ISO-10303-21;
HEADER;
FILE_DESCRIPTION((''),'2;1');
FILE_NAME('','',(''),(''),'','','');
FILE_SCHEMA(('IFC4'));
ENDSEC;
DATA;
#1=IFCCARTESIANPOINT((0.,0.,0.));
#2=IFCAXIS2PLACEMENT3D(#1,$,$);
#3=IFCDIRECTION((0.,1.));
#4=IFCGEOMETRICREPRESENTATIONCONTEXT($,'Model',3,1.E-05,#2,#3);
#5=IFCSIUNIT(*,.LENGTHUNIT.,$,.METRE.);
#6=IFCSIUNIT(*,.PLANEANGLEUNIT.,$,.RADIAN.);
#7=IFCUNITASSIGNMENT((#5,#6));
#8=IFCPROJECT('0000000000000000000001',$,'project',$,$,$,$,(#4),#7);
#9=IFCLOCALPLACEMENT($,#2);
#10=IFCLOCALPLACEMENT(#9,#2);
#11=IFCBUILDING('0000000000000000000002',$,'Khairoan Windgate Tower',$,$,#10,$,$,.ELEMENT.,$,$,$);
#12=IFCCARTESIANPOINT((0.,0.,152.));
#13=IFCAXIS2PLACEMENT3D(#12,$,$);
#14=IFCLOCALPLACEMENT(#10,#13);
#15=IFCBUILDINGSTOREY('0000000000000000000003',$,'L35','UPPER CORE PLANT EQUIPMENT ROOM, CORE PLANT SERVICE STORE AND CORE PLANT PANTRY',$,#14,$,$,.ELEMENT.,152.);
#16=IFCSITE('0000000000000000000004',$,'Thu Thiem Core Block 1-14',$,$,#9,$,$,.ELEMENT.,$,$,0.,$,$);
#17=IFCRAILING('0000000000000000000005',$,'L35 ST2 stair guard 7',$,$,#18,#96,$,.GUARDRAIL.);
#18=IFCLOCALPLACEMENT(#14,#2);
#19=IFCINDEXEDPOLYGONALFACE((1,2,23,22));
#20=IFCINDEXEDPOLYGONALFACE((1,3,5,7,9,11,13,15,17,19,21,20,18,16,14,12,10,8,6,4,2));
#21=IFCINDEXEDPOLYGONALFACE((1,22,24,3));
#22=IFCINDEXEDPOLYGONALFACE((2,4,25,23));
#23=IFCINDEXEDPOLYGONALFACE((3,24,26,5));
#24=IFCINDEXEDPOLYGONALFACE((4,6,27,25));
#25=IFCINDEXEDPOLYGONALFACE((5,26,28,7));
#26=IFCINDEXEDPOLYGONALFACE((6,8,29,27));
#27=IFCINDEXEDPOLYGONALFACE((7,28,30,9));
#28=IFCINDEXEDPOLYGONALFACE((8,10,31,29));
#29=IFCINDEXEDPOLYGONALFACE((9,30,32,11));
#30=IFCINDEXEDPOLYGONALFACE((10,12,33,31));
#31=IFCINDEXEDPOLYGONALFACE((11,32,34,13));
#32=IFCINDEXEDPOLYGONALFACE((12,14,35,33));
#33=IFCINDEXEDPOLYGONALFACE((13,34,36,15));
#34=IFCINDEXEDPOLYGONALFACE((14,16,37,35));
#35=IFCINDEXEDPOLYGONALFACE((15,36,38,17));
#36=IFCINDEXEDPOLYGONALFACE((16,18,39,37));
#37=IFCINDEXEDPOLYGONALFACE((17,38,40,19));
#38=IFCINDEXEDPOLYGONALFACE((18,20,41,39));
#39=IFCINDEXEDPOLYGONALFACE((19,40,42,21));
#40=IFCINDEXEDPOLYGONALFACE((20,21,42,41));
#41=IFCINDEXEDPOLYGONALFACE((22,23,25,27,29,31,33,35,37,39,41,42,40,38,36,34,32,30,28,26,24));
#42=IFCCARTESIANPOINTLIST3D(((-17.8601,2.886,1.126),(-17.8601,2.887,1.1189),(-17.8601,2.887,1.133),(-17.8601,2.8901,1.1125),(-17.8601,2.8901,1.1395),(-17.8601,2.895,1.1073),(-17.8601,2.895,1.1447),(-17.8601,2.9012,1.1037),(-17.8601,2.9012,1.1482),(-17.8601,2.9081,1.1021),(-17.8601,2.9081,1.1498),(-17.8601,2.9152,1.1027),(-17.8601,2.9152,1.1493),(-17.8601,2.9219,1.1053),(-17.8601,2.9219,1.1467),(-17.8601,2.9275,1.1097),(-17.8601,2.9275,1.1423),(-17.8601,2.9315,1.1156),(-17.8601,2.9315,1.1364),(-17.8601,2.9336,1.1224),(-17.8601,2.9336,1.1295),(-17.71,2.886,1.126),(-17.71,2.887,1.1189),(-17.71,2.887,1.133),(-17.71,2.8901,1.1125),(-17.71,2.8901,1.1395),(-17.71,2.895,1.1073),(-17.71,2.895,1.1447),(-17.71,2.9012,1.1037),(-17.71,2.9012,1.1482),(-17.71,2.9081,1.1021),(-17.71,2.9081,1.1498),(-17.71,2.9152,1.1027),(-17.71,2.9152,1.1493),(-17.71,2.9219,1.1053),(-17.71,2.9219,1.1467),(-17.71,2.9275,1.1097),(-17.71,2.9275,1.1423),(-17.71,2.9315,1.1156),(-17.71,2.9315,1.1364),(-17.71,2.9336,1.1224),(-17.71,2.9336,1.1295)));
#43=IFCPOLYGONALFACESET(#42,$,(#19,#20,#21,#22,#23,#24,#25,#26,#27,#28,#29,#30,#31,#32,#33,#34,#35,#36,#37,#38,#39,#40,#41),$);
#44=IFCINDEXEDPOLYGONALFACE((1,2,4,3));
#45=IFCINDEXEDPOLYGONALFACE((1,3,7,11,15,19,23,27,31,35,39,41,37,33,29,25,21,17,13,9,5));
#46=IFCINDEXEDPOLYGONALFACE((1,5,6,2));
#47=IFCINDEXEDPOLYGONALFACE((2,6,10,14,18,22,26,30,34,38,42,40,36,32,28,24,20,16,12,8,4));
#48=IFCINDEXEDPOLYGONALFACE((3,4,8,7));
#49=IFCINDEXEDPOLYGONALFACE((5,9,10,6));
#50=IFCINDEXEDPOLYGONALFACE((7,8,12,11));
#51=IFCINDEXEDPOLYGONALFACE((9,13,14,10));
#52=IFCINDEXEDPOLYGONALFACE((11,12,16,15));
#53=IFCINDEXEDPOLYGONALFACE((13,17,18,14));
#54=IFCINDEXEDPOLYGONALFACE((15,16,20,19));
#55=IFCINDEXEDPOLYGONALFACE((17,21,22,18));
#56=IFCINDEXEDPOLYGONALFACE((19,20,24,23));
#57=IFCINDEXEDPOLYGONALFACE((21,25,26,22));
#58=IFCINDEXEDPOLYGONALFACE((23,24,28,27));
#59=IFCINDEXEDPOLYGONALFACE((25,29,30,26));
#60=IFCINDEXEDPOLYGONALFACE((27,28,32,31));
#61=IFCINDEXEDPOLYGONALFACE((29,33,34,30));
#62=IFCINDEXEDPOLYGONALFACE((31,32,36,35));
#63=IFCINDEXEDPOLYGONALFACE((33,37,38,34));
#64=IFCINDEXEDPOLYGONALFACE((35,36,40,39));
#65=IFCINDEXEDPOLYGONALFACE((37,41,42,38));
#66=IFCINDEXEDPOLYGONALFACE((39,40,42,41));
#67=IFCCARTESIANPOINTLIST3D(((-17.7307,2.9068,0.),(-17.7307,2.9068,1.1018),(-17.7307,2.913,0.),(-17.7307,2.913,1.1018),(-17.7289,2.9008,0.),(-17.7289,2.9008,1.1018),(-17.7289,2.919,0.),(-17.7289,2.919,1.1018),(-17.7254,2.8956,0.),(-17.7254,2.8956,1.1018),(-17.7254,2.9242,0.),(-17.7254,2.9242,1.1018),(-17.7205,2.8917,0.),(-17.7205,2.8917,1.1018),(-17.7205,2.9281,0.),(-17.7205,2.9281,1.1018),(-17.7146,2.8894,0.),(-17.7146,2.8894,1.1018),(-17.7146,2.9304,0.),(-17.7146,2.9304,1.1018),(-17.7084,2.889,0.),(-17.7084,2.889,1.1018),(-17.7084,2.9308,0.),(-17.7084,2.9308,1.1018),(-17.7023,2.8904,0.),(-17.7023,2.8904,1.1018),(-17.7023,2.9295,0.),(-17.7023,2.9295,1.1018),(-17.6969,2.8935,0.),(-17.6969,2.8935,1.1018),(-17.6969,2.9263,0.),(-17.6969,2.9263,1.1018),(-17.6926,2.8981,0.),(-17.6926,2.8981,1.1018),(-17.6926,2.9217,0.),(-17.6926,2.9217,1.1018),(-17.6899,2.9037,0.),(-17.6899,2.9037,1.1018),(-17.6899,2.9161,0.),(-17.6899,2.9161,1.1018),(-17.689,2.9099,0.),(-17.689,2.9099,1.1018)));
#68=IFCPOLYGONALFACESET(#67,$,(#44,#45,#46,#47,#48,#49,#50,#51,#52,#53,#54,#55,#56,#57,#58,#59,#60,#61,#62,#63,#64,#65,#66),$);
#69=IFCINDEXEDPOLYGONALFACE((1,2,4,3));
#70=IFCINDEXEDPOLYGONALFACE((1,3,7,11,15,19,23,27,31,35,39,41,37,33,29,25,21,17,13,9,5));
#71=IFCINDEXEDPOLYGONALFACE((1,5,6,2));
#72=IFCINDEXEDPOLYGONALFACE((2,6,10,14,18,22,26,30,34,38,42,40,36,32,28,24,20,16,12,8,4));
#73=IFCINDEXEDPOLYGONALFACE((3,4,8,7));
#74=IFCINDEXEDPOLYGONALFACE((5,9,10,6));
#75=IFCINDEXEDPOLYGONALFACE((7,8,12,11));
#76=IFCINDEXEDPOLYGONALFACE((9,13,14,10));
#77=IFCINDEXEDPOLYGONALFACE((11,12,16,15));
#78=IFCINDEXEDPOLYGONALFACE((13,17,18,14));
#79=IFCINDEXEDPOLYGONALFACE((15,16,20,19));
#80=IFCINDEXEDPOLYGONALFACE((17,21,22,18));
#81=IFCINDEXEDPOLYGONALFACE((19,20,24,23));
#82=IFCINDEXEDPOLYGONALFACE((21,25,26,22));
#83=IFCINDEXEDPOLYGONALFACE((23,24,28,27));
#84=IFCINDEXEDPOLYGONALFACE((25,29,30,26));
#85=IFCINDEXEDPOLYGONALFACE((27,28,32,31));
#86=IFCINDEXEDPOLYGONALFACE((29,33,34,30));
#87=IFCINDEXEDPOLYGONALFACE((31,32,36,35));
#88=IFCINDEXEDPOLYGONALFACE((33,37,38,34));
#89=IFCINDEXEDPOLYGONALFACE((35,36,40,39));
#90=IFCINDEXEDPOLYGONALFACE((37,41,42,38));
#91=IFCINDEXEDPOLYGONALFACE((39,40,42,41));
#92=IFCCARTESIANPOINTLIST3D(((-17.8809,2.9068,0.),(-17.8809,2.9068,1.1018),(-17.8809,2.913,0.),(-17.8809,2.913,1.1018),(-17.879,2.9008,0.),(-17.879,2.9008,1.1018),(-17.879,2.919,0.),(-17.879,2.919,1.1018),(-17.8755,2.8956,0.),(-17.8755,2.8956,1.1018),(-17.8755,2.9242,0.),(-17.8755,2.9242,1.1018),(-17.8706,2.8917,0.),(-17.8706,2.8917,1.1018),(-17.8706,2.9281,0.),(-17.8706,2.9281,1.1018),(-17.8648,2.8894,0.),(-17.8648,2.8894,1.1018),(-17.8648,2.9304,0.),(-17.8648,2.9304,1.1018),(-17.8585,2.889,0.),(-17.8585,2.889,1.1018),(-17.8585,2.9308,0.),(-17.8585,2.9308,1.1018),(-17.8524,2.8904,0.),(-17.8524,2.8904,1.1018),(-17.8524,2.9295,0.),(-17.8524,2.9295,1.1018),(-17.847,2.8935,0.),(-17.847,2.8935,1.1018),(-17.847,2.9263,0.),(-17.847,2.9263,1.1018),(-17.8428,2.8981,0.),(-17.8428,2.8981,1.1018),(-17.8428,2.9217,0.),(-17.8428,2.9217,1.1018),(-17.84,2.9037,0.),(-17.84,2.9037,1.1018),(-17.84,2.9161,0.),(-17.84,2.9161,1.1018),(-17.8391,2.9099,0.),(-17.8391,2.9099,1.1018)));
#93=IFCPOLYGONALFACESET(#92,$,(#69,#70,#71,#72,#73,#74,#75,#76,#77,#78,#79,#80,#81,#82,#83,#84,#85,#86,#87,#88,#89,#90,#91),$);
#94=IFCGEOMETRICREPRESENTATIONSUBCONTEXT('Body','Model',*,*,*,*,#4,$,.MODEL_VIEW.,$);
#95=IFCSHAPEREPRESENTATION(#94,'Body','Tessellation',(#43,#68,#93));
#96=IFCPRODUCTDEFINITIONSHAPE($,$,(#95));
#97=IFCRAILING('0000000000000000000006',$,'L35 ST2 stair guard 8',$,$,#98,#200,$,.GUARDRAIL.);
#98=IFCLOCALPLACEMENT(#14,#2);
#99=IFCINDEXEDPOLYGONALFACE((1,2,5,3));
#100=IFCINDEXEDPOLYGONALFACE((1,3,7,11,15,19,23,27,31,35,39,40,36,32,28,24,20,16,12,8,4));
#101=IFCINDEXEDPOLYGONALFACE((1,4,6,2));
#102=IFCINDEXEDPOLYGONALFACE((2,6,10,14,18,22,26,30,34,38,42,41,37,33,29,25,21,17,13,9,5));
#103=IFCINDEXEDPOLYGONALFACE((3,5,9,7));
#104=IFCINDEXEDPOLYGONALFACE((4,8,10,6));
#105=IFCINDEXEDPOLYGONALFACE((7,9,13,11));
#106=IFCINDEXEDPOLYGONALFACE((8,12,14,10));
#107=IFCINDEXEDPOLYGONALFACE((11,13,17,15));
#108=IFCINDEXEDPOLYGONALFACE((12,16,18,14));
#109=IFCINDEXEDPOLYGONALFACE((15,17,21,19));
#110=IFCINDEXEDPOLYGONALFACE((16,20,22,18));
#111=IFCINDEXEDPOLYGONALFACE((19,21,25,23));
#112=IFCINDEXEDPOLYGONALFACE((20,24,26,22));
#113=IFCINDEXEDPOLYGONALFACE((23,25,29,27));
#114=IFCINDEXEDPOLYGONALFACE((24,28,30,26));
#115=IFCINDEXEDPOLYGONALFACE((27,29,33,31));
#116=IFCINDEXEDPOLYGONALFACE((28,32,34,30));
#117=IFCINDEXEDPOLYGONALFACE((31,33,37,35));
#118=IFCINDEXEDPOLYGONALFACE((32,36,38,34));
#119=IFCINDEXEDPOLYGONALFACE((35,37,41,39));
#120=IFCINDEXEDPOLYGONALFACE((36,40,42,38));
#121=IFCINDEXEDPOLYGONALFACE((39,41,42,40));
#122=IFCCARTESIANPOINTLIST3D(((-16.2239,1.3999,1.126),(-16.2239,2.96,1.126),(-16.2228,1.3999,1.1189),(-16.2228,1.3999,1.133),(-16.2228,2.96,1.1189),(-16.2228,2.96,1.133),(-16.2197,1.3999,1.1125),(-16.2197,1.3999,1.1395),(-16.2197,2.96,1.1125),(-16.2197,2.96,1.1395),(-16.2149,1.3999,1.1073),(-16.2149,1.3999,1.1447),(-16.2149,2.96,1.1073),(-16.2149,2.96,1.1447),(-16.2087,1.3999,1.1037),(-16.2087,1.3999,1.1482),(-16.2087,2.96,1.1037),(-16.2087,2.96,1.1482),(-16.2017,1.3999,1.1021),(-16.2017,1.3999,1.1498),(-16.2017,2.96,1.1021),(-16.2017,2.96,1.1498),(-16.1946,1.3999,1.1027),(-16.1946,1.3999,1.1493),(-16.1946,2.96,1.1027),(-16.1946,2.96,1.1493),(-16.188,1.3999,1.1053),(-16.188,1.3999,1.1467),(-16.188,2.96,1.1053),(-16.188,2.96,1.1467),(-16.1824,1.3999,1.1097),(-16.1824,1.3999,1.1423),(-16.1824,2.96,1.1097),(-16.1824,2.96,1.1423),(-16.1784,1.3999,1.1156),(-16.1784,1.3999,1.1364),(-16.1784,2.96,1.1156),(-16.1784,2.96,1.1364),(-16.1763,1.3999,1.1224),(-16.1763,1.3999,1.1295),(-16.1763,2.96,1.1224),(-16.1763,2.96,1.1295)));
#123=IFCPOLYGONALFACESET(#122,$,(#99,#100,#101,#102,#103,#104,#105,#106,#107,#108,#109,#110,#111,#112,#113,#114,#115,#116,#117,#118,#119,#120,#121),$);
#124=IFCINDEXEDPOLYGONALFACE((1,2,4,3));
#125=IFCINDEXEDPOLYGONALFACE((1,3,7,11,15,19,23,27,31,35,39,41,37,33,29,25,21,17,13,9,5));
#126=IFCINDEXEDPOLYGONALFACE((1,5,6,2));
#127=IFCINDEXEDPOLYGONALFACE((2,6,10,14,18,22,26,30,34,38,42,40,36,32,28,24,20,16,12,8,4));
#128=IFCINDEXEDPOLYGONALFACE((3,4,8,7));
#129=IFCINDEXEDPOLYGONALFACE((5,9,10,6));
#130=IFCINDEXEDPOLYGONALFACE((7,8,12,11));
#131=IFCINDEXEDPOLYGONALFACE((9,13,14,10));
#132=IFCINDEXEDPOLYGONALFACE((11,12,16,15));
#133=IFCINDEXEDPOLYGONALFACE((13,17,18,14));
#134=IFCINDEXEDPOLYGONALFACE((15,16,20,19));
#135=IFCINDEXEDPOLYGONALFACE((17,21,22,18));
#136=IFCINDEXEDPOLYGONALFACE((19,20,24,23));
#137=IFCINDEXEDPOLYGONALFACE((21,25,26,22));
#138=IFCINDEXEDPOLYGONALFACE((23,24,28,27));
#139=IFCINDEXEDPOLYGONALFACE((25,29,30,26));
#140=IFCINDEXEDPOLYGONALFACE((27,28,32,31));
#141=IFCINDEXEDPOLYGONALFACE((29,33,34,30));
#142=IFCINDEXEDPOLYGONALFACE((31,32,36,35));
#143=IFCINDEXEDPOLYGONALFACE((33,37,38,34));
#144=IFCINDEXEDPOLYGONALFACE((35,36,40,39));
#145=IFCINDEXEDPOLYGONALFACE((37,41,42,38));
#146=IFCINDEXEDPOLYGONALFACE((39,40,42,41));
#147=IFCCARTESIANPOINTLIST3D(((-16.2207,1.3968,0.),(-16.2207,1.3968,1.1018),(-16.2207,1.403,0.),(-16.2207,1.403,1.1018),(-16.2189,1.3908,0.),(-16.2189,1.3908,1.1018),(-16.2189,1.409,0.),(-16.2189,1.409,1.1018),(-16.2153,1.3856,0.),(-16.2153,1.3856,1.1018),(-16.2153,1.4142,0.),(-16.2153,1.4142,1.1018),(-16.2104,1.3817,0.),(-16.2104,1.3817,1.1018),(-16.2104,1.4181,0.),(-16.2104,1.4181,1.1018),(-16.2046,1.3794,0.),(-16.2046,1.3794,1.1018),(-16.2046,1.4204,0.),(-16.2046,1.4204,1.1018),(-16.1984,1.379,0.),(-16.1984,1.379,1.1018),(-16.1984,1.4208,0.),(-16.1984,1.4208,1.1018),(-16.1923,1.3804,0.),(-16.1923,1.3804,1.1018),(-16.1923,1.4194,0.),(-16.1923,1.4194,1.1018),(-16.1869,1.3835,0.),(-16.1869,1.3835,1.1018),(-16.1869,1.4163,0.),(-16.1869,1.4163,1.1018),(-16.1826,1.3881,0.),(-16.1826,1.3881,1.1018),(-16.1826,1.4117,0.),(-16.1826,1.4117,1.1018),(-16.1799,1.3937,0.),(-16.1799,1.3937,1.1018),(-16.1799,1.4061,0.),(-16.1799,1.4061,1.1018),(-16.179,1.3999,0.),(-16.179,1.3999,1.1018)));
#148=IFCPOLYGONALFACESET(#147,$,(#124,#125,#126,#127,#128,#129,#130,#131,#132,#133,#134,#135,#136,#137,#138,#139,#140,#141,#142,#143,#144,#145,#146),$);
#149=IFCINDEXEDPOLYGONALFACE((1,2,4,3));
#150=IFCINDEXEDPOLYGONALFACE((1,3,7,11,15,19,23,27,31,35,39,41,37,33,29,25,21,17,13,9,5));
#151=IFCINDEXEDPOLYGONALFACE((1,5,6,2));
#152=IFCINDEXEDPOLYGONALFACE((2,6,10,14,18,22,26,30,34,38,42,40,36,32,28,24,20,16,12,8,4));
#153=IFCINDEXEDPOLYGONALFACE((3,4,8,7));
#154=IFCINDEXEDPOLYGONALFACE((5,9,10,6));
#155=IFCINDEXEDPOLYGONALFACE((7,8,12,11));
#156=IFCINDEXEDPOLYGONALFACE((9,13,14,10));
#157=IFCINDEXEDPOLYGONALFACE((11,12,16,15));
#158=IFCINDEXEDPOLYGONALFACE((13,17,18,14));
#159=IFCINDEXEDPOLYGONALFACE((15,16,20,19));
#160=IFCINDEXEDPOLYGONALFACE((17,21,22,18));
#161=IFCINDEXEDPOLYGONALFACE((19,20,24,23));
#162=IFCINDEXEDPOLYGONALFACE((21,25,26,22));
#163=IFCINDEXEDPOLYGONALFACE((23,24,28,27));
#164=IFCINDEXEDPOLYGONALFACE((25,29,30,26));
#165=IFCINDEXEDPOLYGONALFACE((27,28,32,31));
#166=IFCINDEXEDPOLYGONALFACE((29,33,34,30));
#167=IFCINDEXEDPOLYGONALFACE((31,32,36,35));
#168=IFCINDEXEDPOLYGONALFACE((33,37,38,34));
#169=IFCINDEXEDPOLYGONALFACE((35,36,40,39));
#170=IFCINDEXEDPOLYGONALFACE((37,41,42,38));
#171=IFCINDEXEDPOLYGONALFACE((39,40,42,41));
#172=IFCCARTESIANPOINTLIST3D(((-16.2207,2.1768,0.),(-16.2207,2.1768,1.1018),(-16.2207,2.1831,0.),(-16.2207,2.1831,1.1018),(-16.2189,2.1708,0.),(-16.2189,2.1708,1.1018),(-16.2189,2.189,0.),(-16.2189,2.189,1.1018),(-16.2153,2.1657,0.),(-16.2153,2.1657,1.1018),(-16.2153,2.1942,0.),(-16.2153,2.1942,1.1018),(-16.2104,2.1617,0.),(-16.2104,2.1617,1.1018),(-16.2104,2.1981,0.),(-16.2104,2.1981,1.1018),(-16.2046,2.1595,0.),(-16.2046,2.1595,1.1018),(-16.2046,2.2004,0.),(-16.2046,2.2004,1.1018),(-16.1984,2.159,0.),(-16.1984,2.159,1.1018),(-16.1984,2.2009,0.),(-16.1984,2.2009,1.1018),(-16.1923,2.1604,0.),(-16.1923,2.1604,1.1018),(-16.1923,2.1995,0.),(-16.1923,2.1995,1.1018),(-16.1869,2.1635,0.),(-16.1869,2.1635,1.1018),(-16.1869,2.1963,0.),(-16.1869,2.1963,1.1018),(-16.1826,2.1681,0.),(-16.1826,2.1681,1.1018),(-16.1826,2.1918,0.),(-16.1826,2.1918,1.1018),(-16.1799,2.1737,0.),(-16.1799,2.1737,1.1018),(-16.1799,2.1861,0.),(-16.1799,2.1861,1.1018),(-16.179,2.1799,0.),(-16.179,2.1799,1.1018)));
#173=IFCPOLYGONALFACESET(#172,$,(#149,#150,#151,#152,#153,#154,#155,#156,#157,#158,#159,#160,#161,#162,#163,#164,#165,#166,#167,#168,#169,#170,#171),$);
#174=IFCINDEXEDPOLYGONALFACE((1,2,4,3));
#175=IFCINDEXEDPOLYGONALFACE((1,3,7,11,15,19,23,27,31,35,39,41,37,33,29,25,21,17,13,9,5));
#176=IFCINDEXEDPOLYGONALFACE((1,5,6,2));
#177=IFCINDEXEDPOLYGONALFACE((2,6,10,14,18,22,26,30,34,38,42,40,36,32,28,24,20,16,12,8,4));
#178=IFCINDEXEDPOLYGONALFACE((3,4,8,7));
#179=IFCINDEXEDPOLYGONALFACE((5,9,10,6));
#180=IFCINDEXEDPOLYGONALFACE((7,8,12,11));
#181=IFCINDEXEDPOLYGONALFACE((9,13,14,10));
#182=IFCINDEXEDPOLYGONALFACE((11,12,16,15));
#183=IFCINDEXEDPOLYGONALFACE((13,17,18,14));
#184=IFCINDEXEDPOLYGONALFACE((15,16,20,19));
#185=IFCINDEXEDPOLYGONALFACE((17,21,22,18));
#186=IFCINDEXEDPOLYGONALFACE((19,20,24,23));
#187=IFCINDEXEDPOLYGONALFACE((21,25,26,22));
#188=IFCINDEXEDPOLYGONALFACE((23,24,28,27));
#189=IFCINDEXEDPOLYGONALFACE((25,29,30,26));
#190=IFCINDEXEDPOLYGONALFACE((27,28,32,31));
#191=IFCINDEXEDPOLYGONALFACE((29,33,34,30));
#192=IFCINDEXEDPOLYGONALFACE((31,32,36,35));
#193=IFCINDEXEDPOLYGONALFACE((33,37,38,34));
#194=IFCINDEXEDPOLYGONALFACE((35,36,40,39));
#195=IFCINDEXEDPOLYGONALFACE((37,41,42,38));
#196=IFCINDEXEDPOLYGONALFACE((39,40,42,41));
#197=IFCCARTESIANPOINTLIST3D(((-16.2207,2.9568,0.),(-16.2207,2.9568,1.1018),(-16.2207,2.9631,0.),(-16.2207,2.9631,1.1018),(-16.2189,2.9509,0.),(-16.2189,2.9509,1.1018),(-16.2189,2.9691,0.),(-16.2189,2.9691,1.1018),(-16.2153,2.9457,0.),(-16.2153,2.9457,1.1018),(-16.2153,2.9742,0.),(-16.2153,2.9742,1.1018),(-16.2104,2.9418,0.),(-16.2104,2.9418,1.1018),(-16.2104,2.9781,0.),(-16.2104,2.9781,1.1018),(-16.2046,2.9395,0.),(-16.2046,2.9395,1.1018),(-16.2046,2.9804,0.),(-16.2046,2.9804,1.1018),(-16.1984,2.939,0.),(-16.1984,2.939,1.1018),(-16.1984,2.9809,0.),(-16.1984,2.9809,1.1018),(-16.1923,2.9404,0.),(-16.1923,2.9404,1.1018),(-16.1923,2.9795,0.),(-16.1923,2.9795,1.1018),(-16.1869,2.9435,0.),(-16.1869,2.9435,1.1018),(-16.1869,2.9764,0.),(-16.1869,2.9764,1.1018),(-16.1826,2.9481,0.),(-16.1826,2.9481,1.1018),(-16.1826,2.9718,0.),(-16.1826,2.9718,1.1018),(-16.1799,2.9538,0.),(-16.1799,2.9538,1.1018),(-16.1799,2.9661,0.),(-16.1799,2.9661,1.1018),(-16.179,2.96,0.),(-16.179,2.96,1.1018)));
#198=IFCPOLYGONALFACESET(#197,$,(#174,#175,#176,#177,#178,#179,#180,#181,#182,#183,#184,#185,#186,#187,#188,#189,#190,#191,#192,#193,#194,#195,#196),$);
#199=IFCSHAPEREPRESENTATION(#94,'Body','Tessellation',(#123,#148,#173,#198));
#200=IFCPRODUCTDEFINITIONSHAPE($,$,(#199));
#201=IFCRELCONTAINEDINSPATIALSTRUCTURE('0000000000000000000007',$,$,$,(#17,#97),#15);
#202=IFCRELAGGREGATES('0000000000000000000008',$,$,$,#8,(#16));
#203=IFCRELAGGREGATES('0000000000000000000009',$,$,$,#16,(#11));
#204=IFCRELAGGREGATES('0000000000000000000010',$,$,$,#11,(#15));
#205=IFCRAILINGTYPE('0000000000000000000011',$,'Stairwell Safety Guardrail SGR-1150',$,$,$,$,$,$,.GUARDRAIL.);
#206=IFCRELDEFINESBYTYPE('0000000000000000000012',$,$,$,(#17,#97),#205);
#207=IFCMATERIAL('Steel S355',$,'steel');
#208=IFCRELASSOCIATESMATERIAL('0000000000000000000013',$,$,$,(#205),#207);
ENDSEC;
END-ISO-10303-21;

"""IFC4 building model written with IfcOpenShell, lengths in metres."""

from ifc_helpers import new_model, si_unit, direction, frame, origin, origin_2d, place, context, subcontext, project, spatial, circle, extrude, material, type_object, element, save


model = new_model("IFC4")

# Units and contexts
model_context = context("Model", 3, precision=1e-05, world=origin(), true_north=direction((0.0, 1.0)))
body_context = subcontext(model_context, "Body", "Model", "MODEL_VIEW")
ifc_project = project(units=[si_unit("LENGTHUNIT", "METRE"), si_unit("PLANEANGLEUNIT", "RADIAN")], contexts=[model_context])

# Site, building, storey
site_placement = place(None, origin())
site = spatial("IfcSite", under=ifc_project, at=site_placement, Name="Thu Thiem Core Block 1-14", CompositionType="ELEMENT", RefElevation=0.0)
building_placement = place(site_placement, origin())
building = spatial("IfcBuilding", under=site, at=building_placement, Name="Khairoan Windgate Tower", CompositionType="ELEMENT")
storey_placement = place(building_placement, frame((0.0, 0.0, 152.0)))
storey = spatial("IfcBuildingStorey", under=building, at=storey_placement, Name="L35", Description="UPPER CORE PLANT EQUIPMENT ROOM, CORE PLANT SERVICE STORE AND CORE PLANT PANTRY", CompositionType="ELEMENT", Elevation=152.0)

# Railings
ifc_material_1 = material(Name="Steel S355", Category="steel")
railing_type_1 = type_object("IfcRailingType", Name="Stairwell Safety Guardrail SGR-1150", PredefinedType="GUARDRAIL", material=ifc_material_1)
railing_1_placement = place(storey_placement, frame((-17.71, 2.9099, 0.0)))
element("IfcRailing", 1, at=railing_1_placement, inside=storey, type_object=railing_type_1, Name="L35 ST2 stair guard 7", PredefinedType="GUARDRAIL", context=body_context, shape_type="SweptSolid", body=[
    extrude(circle(Radius=0.0239, at=origin_2d()), frame((0.0, 0.0, 1.126), z_axis=(-1.0, 0.0, 0.0), x_axis=(0.0, -1.0, 0.0)), (0.0, 0.0, 1.0), 0.1501),
    extrude(circle(Radius=0.021, at=origin_2d()), origin(), (0.0, 0.0, 1.0), 1.1018),
    extrude(circle(Radius=0.021, at=origin_2d()), frame((-0.1501, 0.0, 0.0)), (0.0, 0.0, 1.0), 1.1018),
])
for number, where, name in (
    (2, (-16.2, 1.3999, 0.0), "L35 ST2 stair guard 8"),
):
    element("IfcRailing", number, at=place(storey_placement, frame(where)), inside=storey, type_object=railing_type_1, Name=name, PredefinedType="GUARDRAIL", context=body_context, shape_type="SweptSolid", body=[
        extrude(circle(Radius=0.0239, at=origin_2d()), frame((0.0, 0.0, 1.126), z_axis=(0.0, 1.0, 0.0), x_axis=(-1.0, 0.0, 0.0)), (0.0, 0.0, 1.0), 1.5601),
        extrude(circle(Radius=0.021, at=origin_2d()), origin(), (0.0, 0.0, 1.0), 1.1018),
        extrude(circle(Radius=0.021, at=origin_2d()), frame((0.0, 0.78, 0.0)), (0.0, 0.0, 1.0), 1.1018),
        extrude(circle(Radius=0.021, at=origin_2d()), frame((0.0, 1.5601, 0.0)), (0.0, 0.0, 1.0), 1.1018),
    ])

save(model, "model.ifc")
